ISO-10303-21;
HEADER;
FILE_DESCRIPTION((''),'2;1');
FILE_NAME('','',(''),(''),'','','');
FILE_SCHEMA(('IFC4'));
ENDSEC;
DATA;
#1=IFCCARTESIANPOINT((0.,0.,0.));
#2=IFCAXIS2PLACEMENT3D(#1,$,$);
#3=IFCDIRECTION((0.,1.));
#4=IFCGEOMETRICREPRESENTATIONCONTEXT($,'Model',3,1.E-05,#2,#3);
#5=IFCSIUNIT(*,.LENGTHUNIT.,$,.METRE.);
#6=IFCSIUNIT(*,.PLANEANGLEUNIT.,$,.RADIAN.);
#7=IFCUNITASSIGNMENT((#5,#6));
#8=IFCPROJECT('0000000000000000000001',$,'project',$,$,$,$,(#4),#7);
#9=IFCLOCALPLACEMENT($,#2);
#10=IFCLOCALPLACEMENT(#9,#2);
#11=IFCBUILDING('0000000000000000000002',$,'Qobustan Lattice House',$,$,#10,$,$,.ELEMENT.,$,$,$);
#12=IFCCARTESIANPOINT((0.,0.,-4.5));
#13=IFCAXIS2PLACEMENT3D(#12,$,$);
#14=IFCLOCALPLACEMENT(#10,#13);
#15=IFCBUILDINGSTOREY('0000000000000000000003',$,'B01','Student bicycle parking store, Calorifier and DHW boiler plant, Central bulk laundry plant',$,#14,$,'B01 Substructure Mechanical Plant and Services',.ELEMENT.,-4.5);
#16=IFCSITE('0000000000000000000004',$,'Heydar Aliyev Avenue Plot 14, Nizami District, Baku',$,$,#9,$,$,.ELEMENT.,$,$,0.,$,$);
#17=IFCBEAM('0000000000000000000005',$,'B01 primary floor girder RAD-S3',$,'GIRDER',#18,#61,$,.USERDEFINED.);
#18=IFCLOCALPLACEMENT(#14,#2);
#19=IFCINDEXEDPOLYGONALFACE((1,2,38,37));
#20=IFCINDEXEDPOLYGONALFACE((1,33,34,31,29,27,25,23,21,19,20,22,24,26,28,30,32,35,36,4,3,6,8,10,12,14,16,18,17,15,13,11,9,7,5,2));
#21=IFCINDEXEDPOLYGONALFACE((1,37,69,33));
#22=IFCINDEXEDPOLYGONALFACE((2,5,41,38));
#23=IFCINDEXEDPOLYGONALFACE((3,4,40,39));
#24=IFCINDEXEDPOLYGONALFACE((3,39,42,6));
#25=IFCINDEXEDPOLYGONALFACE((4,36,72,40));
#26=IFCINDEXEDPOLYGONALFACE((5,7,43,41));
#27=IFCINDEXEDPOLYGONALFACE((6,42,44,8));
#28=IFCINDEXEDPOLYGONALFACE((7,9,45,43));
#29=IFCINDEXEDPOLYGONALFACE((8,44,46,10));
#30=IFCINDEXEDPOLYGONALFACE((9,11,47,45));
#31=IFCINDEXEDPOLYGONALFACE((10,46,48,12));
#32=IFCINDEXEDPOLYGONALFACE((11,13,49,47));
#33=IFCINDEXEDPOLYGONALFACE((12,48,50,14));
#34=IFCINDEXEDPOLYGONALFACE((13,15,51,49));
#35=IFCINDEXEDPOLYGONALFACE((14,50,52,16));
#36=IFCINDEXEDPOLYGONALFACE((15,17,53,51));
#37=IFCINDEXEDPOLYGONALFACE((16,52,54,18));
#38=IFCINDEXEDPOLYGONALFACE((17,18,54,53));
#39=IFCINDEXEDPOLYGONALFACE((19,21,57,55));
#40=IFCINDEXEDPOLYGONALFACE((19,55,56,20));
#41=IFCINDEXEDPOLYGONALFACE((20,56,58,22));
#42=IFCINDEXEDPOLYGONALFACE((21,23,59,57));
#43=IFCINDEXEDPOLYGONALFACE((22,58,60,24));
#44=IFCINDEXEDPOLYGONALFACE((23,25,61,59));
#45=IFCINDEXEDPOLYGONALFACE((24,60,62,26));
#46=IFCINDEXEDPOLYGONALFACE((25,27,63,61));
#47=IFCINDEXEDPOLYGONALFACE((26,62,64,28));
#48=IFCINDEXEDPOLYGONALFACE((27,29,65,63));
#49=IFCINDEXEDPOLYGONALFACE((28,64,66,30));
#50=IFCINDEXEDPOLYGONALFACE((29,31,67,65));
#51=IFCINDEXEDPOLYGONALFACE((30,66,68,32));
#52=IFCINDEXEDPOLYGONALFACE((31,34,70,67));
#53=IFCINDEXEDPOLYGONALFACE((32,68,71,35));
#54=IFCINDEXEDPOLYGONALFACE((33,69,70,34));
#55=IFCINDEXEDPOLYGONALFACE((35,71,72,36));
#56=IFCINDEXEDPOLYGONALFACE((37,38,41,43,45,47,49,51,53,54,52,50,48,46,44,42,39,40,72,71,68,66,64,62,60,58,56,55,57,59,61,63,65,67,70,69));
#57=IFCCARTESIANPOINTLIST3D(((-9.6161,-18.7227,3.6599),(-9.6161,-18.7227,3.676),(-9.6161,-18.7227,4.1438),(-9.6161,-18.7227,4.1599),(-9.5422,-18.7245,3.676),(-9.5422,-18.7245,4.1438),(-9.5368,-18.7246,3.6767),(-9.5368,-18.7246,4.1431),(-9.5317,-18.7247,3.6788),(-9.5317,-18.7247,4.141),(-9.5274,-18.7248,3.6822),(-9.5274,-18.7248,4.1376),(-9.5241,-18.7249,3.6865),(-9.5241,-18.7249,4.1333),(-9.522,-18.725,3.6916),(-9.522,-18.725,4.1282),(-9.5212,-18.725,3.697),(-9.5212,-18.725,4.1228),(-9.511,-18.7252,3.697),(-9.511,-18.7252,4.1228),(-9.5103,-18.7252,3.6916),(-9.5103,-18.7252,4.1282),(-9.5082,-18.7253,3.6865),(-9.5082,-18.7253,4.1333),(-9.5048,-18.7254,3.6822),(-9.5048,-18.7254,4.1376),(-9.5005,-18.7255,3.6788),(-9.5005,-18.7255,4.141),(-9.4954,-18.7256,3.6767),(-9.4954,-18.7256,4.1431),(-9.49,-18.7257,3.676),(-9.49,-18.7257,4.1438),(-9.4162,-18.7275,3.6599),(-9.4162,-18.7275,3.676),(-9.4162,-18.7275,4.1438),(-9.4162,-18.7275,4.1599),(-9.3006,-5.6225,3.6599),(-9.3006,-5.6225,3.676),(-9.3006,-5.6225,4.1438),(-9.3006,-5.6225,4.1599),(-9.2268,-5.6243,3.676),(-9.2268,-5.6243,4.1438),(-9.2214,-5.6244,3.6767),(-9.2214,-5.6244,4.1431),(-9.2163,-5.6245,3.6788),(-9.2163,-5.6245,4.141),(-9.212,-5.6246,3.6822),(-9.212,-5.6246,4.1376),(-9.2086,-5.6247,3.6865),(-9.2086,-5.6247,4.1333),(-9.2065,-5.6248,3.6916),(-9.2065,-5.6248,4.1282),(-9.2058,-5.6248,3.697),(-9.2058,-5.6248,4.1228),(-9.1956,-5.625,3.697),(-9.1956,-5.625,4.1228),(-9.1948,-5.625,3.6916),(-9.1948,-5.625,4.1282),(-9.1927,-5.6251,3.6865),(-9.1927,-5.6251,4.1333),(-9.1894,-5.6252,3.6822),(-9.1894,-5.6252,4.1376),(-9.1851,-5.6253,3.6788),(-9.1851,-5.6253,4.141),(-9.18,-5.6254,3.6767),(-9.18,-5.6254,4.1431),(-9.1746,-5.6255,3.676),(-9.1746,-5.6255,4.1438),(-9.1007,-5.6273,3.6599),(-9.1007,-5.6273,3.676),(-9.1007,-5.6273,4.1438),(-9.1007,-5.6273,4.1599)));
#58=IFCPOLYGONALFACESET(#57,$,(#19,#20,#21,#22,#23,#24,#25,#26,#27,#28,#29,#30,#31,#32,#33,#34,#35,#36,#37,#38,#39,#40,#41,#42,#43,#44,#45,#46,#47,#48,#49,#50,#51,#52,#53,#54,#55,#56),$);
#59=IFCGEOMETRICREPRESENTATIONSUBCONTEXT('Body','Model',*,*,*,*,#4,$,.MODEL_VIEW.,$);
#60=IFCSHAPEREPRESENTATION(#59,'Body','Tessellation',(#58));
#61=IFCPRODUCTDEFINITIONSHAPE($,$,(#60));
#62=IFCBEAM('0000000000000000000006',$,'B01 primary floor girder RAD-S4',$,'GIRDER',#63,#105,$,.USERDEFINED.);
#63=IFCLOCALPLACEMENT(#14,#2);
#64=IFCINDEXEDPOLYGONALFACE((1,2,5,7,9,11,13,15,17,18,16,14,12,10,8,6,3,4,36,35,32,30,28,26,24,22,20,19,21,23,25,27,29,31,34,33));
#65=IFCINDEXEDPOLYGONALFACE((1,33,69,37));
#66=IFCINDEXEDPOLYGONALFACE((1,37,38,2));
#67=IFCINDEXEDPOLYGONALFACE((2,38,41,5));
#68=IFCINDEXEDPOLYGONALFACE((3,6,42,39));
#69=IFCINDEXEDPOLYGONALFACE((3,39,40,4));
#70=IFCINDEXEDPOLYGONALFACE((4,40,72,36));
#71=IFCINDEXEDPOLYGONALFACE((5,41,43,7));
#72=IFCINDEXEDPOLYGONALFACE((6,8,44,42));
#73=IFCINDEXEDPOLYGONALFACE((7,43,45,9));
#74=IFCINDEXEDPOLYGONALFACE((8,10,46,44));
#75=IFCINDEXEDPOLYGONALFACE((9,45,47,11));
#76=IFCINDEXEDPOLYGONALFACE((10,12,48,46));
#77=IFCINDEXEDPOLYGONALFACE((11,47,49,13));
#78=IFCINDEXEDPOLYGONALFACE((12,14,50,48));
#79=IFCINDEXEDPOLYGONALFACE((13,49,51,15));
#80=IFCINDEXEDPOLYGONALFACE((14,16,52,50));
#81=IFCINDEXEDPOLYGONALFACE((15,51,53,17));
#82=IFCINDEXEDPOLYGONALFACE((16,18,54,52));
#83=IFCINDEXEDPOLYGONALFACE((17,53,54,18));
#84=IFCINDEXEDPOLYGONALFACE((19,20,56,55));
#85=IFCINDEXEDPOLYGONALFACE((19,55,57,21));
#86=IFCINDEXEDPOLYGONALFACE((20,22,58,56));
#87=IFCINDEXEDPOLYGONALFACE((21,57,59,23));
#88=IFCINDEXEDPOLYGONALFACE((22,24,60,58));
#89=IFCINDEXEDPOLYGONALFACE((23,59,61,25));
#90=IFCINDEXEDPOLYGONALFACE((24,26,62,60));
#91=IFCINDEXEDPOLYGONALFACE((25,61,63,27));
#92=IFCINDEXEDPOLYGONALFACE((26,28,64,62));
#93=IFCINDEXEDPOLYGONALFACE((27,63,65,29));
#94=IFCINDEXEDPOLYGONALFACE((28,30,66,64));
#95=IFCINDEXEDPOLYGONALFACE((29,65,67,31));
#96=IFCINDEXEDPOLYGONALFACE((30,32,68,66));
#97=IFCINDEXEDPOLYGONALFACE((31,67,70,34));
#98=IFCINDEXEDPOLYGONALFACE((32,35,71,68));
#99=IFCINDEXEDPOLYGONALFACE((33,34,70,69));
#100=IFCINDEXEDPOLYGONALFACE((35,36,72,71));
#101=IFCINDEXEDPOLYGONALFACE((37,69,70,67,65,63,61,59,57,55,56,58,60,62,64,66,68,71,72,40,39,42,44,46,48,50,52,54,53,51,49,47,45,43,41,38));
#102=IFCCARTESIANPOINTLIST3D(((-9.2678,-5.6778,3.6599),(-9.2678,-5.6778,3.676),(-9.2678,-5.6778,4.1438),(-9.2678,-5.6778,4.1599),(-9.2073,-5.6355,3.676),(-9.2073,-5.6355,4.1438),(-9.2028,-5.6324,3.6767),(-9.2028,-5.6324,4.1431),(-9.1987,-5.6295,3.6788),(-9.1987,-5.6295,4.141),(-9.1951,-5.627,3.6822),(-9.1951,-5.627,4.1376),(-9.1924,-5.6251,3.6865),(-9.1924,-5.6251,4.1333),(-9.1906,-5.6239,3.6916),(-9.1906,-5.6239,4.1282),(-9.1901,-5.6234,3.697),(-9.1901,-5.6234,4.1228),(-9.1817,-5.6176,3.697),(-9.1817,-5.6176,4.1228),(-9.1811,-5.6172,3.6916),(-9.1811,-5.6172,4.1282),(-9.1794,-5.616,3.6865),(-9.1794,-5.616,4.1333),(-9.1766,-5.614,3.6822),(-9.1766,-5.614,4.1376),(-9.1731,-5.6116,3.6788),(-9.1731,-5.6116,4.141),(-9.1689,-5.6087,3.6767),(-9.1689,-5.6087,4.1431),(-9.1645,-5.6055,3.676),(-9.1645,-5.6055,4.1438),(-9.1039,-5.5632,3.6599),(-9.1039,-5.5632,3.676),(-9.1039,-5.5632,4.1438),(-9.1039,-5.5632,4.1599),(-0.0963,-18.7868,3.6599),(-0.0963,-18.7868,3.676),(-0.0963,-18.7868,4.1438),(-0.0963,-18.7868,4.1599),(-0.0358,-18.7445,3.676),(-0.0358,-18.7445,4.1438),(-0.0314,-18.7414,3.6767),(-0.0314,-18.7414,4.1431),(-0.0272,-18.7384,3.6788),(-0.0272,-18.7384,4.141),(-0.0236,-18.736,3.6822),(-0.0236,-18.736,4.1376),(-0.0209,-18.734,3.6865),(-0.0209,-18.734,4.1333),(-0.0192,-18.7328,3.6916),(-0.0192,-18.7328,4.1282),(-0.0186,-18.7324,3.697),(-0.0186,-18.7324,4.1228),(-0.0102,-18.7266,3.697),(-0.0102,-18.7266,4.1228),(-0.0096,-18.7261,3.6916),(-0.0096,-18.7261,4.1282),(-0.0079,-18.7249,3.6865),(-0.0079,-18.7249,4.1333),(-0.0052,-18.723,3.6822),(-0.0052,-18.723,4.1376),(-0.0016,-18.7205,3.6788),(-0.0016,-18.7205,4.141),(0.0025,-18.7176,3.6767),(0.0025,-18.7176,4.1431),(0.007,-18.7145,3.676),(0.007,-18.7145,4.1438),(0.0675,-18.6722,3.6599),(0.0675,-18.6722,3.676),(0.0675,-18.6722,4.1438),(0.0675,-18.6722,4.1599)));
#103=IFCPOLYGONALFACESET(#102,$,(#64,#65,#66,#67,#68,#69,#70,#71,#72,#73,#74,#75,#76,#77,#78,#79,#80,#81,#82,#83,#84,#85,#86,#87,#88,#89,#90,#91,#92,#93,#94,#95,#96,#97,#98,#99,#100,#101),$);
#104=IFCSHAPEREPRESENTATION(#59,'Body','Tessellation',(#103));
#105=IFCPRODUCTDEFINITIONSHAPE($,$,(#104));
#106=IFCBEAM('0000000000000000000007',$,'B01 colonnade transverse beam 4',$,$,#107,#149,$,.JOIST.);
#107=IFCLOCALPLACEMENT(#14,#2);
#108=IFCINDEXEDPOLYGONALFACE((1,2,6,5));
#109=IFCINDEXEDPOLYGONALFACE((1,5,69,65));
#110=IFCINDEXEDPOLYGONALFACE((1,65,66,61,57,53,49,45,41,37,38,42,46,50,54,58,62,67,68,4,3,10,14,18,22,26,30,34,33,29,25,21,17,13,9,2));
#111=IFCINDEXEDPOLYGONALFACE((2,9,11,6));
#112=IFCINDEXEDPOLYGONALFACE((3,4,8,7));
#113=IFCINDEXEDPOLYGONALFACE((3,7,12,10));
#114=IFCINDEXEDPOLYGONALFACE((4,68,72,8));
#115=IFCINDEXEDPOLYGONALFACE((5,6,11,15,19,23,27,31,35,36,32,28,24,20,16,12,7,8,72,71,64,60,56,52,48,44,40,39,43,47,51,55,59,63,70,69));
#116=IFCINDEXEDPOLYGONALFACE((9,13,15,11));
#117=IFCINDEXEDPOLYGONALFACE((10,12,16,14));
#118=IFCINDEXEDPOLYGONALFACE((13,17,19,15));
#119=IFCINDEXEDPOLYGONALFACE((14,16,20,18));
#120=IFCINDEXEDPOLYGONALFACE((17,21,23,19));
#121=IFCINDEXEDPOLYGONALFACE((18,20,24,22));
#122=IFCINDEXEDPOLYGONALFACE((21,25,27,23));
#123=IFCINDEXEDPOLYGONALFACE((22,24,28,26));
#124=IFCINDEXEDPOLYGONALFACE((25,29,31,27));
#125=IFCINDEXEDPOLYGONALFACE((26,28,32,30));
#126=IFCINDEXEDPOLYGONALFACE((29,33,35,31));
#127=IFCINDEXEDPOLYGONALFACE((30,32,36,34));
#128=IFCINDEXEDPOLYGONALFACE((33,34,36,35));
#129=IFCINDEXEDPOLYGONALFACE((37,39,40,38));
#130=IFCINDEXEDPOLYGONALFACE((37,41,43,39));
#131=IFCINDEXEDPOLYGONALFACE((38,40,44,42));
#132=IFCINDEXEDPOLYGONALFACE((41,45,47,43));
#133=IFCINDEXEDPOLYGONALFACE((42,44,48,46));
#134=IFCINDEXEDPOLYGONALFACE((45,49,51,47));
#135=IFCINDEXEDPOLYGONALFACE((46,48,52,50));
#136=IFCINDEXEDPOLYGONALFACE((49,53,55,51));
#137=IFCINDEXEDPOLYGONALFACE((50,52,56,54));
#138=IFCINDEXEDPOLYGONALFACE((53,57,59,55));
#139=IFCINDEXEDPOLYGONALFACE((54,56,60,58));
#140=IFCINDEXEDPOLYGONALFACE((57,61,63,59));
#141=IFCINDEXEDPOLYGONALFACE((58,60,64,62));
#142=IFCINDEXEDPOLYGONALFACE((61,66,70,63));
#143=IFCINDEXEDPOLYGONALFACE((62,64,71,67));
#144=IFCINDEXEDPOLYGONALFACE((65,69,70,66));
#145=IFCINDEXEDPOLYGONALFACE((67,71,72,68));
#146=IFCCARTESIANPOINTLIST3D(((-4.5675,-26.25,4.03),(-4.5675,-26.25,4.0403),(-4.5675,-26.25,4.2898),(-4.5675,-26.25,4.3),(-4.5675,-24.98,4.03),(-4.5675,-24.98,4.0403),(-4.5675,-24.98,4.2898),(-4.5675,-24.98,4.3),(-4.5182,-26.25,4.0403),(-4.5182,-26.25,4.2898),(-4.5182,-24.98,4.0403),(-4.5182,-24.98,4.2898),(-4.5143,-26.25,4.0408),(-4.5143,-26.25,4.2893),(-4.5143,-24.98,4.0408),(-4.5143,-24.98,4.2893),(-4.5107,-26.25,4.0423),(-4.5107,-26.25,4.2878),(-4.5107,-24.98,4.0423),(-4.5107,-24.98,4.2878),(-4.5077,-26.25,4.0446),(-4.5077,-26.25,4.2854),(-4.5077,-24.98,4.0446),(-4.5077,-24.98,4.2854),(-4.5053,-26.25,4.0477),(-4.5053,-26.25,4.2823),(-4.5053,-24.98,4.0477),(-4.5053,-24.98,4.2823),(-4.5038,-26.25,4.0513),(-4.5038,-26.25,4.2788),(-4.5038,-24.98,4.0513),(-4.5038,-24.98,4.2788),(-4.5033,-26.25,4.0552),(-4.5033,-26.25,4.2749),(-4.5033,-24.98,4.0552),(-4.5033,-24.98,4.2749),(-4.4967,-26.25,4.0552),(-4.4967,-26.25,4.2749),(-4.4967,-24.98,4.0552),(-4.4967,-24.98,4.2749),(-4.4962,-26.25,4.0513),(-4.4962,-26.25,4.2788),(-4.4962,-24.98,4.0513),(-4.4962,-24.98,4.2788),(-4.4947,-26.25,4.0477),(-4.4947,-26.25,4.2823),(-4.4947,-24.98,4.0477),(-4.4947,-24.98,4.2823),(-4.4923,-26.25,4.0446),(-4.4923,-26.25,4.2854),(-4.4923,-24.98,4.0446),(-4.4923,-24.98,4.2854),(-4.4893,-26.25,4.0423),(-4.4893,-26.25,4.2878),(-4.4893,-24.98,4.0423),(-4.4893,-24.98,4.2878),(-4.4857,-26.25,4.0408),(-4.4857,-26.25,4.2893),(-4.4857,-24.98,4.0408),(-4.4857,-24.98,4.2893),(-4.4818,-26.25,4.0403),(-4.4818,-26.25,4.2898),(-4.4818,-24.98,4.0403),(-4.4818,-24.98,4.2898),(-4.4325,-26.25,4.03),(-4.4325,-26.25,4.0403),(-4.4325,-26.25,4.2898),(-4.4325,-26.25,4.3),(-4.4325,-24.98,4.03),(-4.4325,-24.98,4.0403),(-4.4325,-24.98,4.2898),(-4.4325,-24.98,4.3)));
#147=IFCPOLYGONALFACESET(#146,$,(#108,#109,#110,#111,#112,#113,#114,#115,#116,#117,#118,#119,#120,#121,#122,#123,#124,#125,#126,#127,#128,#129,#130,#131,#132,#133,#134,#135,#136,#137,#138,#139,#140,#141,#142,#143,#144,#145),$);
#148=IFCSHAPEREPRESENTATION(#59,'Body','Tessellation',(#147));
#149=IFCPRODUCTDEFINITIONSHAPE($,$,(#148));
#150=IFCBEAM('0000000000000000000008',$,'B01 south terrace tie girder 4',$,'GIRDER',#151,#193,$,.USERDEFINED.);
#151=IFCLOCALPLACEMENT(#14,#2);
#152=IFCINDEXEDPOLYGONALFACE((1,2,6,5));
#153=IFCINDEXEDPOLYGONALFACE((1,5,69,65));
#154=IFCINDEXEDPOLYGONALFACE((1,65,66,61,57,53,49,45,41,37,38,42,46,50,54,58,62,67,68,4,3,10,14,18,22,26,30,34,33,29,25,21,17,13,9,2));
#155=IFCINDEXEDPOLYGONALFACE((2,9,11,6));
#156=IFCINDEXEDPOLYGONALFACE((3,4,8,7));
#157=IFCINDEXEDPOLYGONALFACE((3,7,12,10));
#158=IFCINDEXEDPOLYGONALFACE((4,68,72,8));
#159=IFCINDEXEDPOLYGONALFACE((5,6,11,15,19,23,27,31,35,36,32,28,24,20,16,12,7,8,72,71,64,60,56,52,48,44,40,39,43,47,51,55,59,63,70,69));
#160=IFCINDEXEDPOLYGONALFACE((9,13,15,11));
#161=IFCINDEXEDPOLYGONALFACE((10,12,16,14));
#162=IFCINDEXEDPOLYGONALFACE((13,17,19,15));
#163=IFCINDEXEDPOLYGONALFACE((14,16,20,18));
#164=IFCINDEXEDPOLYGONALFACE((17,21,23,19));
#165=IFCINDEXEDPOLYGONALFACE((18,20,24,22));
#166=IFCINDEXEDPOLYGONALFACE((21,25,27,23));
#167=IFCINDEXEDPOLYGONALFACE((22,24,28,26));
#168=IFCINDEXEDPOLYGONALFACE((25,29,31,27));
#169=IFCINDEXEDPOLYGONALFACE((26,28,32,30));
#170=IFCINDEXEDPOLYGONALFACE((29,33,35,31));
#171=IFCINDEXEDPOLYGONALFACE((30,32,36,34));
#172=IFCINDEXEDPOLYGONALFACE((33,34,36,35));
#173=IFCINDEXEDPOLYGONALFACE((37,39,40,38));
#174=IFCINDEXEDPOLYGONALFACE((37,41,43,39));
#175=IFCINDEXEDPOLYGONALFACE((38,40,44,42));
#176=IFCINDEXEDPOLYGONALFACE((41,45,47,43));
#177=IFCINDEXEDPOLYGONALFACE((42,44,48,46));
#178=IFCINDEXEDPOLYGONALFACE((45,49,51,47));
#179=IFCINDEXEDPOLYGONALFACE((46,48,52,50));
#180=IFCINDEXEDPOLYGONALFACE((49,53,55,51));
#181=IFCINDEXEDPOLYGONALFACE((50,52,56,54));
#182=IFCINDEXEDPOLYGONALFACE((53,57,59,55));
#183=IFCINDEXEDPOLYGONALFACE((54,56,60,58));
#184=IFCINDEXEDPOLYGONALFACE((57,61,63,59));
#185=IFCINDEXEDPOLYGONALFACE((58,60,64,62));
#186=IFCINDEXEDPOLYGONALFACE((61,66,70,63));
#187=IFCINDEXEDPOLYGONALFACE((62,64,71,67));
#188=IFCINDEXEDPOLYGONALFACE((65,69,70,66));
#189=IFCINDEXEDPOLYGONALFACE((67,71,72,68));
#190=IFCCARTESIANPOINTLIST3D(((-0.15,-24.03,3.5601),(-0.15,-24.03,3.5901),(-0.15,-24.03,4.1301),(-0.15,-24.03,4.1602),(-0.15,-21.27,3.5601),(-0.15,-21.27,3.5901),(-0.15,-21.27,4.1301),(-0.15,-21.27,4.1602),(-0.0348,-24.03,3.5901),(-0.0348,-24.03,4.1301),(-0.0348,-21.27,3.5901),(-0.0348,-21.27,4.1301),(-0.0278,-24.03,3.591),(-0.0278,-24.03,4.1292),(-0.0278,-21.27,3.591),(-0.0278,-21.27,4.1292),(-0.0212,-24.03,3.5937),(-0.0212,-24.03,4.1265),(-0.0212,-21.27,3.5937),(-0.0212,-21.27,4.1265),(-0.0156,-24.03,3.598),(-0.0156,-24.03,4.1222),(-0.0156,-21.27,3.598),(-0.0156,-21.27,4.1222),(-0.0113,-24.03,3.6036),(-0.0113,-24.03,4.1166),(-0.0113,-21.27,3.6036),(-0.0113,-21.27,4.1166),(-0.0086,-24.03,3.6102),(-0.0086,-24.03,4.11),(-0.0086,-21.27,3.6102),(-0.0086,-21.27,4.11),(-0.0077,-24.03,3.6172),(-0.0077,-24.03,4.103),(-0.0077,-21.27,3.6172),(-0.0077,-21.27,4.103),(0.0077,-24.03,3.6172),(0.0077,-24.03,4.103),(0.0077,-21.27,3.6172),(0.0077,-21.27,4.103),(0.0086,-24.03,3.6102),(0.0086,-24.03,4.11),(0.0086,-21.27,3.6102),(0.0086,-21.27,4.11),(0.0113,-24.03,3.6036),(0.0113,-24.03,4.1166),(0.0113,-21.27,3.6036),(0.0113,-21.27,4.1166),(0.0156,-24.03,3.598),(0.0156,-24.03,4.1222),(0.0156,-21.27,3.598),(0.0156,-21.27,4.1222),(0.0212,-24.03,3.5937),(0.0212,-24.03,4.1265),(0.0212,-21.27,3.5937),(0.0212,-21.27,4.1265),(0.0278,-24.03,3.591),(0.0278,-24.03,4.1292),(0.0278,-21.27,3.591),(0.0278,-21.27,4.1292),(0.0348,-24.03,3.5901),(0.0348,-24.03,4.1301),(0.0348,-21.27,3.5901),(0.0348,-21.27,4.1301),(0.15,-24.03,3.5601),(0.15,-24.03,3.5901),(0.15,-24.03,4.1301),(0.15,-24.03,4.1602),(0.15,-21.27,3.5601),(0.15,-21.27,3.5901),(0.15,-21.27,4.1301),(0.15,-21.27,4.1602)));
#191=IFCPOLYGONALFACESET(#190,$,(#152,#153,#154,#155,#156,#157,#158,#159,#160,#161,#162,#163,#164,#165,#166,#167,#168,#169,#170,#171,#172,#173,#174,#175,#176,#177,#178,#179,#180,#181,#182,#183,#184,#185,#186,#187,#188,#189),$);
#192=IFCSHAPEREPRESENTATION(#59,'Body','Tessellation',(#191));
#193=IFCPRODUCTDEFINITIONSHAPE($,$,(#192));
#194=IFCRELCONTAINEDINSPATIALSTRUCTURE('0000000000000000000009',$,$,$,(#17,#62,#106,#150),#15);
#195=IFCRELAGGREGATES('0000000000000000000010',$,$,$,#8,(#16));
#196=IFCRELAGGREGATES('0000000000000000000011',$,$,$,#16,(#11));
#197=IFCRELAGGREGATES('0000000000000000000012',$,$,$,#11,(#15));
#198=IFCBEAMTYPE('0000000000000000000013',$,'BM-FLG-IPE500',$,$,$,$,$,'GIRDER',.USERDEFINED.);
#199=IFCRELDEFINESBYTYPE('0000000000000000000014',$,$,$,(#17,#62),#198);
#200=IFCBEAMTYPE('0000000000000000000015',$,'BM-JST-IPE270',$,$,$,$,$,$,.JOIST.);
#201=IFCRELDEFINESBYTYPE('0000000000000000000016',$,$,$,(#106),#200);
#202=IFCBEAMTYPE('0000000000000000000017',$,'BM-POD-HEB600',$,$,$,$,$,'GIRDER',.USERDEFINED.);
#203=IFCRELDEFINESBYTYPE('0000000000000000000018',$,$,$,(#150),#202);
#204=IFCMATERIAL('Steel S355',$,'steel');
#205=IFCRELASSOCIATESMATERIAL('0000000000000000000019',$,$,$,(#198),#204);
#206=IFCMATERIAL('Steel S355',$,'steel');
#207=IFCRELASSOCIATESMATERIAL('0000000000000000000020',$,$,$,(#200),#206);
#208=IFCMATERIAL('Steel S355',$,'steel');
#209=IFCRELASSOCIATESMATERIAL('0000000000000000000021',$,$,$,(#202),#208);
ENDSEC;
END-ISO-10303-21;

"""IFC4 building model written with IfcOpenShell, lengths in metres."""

from ifc_helpers import new_model, si_unit, direction, frame, origin, origin_2d, place, context, subcontext, project, spatial, i_section, extrude, material, material_profile, profile_set, type_object, element, save


model = new_model("IFC4")

# Units and contexts
model_context = context("Model", 3, precision=1e-05, world=origin(), true_north=direction((0.0, 1.0)))
body_context = subcontext(model_context, "Body", "Model", "MODEL_VIEW")
ifc_project = project(units=[si_unit("LENGTHUNIT", "METRE"), si_unit("PLANEANGLEUNIT", "RADIAN")], contexts=[model_context])

# Site, building, storey
site_placement = place(None, origin())
site = spatial("IfcSite", under=ifc_project, at=site_placement, Name="Heydar Aliyev Avenue Plot 14, Nizami District, Baku", CompositionType="ELEMENT", RefElevation=0.0)
building_placement = place(site_placement, origin())
building = spatial("IfcBuilding", under=site, at=building_placement, Name="Qobustan Lattice House", CompositionType="ELEMENT")
storey_placement = place(building_placement, frame((0.0, 0.0, -4.5)))
storey = spatial("IfcBuildingStorey", under=building, at=storey_placement, Name="B01", Description="Student bicycle parking store, Calorifier and DHW boiler plant, Central bulk laundry plant", LongName="B01 Substructure Mechanical Plant and Services", CompositionType="ELEMENT", Elevation=-4.5)

# Beams
ifc_material_1 = material(Name="Steel S355", Category="steel")
ifc_material_profile_1 = material_profile(ifc_material_1, i_section(OverallWidth=0.2, OverallDepth=0.5, WebThickness=0.0103, FlangeThickness=0.0161, FilletRadius=0.021, at=origin_2d()), Name="IPE500")
ifc_profile_set_1 = profile_set([ifc_material_profile_1], Name="Steel S355")
beam_type_1 = type_object("IfcBeamType", Name="BM-FLG-IPE500", ElementType="GIRDER", PredefinedType="USERDEFINED", material=ifc_profile_set_1)
beam_1_placement = place(storey_placement, frame((-9.5161, -18.7251, 3.9099), z_axis=(0.024071, 0.99971, 0.0), x_axis=(-0.99971, 0.024071, 0.0)))
element("IfcBeam", 1, at=beam_1_placement, inside=storey, type_object=beam_type_1, Name="B01 primary floor girder RAD-S3", ObjectType="GIRDER", PredefinedType="USERDEFINED", context=body_context, shape_type="SweptSolid", body=[
    extrude(i_section(OverallWidth=0.2, OverallDepth=0.5, WebThickness=0.0103, FlangeThickness=0.0161, FilletRadius=0.021, at=origin_2d()), origin(), (0.0, 0.0, 1.0), 13.104),
])
beam_2_placement = place(storey_placement, frame((-0.0144, -18.7295, 3.9099), z_axis=(-0.57326, 0.819374, 0.0), x_axis=(-0.819374, -0.57326, 0.0)))
element("IfcBeam", 2, at=beam_2_placement, inside=storey, type_object=beam_type_1, Name="B01 primary floor girder RAD-S4", ObjectType="GIRDER", PredefinedType="USERDEFINED", context=body_context, shape_type="SweptSolid", body=[
    extrude(i_section(OverallWidth=0.2, OverallDepth=0.5, WebThickness=0.0103, FlangeThickness=0.0161, FilletRadius=0.021, at=origin_2d()), origin(), (0.0, 0.0, 1.0), 15.9988),
])
ifc_material_2 = material(Name="Steel S355", Category="steel")
ifc_material_profile_2 = material_profile(ifc_material_2, i_section(OverallWidth=0.135, OverallDepth=0.27, WebThickness=0.0066, FlangeThickness=0.0103, FilletRadius=0.0149, at=origin_2d()), Name="IPE270")
ifc_profile_set_2 = profile_set([ifc_material_profile_2], Name="Steel S355")
beam_type_2 = type_object("IfcBeamType", Name="BM-JST-IPE270", PredefinedType="JOIST", material=ifc_profile_set_2)
beam_3_placement = place(storey_placement, frame((-4.5, -26.25, 4.165), z_axis=(0.0, 1.0, 0.0), x_axis=(-1.0, 0.0, 0.0)))
element("IfcBeam", 3, at=beam_3_placement, inside=storey, type_object=beam_type_2, Name="B01 colonnade transverse beam 4", PredefinedType="JOIST", context=body_context, shape_type="SweptSolid", body=[
    extrude(i_section(OverallWidth=0.135, OverallDepth=0.27, WebThickness=0.0066, FlangeThickness=0.0103, FilletRadius=0.0149, at=origin_2d()), origin(), (0.0, 0.0, 1.0), 1.27),
])
ifc_material_3 = material(Name="Steel S355", Category="steel")
ifc_material_profile_3 = material_profile(ifc_material_3, i_section(OverallWidth=0.3, OverallDepth=0.6001, WebThickness=0.0154, FlangeThickness=0.03, FilletRadius=0.0271, at=origin_2d()), Name="HEB600")
ifc_profile_set_3 = profile_set([ifc_material_profile_3], Name="Steel S355")
beam_type_3 = type_object("IfcBeamType", Name="BM-POD-HEB600", ElementType="GIRDER", PredefinedType="USERDEFINED", material=ifc_profile_set_3)
beam_4_placement = place(storey_placement, frame((0.0, -24.03, 3.8601), z_axis=(0.0, 1.0, 0.0), x_axis=(-1.0, 0.0, 0.0)))
element("IfcBeam", 4, at=beam_4_placement, inside=storey, type_object=beam_type_3, Name="B01 south terrace tie girder 4", ObjectType="GIRDER", PredefinedType="USERDEFINED", context=body_context, shape_type="SweptSolid", body=[
    extrude(i_section(OverallWidth=0.3, OverallDepth=0.6001, WebThickness=0.0154, FlangeThickness=0.03, FilletRadius=0.0271, at=origin_2d()), origin(), (0.0, 0.0, 1.0), 2.76),
])

save(model, "model.ifc")
